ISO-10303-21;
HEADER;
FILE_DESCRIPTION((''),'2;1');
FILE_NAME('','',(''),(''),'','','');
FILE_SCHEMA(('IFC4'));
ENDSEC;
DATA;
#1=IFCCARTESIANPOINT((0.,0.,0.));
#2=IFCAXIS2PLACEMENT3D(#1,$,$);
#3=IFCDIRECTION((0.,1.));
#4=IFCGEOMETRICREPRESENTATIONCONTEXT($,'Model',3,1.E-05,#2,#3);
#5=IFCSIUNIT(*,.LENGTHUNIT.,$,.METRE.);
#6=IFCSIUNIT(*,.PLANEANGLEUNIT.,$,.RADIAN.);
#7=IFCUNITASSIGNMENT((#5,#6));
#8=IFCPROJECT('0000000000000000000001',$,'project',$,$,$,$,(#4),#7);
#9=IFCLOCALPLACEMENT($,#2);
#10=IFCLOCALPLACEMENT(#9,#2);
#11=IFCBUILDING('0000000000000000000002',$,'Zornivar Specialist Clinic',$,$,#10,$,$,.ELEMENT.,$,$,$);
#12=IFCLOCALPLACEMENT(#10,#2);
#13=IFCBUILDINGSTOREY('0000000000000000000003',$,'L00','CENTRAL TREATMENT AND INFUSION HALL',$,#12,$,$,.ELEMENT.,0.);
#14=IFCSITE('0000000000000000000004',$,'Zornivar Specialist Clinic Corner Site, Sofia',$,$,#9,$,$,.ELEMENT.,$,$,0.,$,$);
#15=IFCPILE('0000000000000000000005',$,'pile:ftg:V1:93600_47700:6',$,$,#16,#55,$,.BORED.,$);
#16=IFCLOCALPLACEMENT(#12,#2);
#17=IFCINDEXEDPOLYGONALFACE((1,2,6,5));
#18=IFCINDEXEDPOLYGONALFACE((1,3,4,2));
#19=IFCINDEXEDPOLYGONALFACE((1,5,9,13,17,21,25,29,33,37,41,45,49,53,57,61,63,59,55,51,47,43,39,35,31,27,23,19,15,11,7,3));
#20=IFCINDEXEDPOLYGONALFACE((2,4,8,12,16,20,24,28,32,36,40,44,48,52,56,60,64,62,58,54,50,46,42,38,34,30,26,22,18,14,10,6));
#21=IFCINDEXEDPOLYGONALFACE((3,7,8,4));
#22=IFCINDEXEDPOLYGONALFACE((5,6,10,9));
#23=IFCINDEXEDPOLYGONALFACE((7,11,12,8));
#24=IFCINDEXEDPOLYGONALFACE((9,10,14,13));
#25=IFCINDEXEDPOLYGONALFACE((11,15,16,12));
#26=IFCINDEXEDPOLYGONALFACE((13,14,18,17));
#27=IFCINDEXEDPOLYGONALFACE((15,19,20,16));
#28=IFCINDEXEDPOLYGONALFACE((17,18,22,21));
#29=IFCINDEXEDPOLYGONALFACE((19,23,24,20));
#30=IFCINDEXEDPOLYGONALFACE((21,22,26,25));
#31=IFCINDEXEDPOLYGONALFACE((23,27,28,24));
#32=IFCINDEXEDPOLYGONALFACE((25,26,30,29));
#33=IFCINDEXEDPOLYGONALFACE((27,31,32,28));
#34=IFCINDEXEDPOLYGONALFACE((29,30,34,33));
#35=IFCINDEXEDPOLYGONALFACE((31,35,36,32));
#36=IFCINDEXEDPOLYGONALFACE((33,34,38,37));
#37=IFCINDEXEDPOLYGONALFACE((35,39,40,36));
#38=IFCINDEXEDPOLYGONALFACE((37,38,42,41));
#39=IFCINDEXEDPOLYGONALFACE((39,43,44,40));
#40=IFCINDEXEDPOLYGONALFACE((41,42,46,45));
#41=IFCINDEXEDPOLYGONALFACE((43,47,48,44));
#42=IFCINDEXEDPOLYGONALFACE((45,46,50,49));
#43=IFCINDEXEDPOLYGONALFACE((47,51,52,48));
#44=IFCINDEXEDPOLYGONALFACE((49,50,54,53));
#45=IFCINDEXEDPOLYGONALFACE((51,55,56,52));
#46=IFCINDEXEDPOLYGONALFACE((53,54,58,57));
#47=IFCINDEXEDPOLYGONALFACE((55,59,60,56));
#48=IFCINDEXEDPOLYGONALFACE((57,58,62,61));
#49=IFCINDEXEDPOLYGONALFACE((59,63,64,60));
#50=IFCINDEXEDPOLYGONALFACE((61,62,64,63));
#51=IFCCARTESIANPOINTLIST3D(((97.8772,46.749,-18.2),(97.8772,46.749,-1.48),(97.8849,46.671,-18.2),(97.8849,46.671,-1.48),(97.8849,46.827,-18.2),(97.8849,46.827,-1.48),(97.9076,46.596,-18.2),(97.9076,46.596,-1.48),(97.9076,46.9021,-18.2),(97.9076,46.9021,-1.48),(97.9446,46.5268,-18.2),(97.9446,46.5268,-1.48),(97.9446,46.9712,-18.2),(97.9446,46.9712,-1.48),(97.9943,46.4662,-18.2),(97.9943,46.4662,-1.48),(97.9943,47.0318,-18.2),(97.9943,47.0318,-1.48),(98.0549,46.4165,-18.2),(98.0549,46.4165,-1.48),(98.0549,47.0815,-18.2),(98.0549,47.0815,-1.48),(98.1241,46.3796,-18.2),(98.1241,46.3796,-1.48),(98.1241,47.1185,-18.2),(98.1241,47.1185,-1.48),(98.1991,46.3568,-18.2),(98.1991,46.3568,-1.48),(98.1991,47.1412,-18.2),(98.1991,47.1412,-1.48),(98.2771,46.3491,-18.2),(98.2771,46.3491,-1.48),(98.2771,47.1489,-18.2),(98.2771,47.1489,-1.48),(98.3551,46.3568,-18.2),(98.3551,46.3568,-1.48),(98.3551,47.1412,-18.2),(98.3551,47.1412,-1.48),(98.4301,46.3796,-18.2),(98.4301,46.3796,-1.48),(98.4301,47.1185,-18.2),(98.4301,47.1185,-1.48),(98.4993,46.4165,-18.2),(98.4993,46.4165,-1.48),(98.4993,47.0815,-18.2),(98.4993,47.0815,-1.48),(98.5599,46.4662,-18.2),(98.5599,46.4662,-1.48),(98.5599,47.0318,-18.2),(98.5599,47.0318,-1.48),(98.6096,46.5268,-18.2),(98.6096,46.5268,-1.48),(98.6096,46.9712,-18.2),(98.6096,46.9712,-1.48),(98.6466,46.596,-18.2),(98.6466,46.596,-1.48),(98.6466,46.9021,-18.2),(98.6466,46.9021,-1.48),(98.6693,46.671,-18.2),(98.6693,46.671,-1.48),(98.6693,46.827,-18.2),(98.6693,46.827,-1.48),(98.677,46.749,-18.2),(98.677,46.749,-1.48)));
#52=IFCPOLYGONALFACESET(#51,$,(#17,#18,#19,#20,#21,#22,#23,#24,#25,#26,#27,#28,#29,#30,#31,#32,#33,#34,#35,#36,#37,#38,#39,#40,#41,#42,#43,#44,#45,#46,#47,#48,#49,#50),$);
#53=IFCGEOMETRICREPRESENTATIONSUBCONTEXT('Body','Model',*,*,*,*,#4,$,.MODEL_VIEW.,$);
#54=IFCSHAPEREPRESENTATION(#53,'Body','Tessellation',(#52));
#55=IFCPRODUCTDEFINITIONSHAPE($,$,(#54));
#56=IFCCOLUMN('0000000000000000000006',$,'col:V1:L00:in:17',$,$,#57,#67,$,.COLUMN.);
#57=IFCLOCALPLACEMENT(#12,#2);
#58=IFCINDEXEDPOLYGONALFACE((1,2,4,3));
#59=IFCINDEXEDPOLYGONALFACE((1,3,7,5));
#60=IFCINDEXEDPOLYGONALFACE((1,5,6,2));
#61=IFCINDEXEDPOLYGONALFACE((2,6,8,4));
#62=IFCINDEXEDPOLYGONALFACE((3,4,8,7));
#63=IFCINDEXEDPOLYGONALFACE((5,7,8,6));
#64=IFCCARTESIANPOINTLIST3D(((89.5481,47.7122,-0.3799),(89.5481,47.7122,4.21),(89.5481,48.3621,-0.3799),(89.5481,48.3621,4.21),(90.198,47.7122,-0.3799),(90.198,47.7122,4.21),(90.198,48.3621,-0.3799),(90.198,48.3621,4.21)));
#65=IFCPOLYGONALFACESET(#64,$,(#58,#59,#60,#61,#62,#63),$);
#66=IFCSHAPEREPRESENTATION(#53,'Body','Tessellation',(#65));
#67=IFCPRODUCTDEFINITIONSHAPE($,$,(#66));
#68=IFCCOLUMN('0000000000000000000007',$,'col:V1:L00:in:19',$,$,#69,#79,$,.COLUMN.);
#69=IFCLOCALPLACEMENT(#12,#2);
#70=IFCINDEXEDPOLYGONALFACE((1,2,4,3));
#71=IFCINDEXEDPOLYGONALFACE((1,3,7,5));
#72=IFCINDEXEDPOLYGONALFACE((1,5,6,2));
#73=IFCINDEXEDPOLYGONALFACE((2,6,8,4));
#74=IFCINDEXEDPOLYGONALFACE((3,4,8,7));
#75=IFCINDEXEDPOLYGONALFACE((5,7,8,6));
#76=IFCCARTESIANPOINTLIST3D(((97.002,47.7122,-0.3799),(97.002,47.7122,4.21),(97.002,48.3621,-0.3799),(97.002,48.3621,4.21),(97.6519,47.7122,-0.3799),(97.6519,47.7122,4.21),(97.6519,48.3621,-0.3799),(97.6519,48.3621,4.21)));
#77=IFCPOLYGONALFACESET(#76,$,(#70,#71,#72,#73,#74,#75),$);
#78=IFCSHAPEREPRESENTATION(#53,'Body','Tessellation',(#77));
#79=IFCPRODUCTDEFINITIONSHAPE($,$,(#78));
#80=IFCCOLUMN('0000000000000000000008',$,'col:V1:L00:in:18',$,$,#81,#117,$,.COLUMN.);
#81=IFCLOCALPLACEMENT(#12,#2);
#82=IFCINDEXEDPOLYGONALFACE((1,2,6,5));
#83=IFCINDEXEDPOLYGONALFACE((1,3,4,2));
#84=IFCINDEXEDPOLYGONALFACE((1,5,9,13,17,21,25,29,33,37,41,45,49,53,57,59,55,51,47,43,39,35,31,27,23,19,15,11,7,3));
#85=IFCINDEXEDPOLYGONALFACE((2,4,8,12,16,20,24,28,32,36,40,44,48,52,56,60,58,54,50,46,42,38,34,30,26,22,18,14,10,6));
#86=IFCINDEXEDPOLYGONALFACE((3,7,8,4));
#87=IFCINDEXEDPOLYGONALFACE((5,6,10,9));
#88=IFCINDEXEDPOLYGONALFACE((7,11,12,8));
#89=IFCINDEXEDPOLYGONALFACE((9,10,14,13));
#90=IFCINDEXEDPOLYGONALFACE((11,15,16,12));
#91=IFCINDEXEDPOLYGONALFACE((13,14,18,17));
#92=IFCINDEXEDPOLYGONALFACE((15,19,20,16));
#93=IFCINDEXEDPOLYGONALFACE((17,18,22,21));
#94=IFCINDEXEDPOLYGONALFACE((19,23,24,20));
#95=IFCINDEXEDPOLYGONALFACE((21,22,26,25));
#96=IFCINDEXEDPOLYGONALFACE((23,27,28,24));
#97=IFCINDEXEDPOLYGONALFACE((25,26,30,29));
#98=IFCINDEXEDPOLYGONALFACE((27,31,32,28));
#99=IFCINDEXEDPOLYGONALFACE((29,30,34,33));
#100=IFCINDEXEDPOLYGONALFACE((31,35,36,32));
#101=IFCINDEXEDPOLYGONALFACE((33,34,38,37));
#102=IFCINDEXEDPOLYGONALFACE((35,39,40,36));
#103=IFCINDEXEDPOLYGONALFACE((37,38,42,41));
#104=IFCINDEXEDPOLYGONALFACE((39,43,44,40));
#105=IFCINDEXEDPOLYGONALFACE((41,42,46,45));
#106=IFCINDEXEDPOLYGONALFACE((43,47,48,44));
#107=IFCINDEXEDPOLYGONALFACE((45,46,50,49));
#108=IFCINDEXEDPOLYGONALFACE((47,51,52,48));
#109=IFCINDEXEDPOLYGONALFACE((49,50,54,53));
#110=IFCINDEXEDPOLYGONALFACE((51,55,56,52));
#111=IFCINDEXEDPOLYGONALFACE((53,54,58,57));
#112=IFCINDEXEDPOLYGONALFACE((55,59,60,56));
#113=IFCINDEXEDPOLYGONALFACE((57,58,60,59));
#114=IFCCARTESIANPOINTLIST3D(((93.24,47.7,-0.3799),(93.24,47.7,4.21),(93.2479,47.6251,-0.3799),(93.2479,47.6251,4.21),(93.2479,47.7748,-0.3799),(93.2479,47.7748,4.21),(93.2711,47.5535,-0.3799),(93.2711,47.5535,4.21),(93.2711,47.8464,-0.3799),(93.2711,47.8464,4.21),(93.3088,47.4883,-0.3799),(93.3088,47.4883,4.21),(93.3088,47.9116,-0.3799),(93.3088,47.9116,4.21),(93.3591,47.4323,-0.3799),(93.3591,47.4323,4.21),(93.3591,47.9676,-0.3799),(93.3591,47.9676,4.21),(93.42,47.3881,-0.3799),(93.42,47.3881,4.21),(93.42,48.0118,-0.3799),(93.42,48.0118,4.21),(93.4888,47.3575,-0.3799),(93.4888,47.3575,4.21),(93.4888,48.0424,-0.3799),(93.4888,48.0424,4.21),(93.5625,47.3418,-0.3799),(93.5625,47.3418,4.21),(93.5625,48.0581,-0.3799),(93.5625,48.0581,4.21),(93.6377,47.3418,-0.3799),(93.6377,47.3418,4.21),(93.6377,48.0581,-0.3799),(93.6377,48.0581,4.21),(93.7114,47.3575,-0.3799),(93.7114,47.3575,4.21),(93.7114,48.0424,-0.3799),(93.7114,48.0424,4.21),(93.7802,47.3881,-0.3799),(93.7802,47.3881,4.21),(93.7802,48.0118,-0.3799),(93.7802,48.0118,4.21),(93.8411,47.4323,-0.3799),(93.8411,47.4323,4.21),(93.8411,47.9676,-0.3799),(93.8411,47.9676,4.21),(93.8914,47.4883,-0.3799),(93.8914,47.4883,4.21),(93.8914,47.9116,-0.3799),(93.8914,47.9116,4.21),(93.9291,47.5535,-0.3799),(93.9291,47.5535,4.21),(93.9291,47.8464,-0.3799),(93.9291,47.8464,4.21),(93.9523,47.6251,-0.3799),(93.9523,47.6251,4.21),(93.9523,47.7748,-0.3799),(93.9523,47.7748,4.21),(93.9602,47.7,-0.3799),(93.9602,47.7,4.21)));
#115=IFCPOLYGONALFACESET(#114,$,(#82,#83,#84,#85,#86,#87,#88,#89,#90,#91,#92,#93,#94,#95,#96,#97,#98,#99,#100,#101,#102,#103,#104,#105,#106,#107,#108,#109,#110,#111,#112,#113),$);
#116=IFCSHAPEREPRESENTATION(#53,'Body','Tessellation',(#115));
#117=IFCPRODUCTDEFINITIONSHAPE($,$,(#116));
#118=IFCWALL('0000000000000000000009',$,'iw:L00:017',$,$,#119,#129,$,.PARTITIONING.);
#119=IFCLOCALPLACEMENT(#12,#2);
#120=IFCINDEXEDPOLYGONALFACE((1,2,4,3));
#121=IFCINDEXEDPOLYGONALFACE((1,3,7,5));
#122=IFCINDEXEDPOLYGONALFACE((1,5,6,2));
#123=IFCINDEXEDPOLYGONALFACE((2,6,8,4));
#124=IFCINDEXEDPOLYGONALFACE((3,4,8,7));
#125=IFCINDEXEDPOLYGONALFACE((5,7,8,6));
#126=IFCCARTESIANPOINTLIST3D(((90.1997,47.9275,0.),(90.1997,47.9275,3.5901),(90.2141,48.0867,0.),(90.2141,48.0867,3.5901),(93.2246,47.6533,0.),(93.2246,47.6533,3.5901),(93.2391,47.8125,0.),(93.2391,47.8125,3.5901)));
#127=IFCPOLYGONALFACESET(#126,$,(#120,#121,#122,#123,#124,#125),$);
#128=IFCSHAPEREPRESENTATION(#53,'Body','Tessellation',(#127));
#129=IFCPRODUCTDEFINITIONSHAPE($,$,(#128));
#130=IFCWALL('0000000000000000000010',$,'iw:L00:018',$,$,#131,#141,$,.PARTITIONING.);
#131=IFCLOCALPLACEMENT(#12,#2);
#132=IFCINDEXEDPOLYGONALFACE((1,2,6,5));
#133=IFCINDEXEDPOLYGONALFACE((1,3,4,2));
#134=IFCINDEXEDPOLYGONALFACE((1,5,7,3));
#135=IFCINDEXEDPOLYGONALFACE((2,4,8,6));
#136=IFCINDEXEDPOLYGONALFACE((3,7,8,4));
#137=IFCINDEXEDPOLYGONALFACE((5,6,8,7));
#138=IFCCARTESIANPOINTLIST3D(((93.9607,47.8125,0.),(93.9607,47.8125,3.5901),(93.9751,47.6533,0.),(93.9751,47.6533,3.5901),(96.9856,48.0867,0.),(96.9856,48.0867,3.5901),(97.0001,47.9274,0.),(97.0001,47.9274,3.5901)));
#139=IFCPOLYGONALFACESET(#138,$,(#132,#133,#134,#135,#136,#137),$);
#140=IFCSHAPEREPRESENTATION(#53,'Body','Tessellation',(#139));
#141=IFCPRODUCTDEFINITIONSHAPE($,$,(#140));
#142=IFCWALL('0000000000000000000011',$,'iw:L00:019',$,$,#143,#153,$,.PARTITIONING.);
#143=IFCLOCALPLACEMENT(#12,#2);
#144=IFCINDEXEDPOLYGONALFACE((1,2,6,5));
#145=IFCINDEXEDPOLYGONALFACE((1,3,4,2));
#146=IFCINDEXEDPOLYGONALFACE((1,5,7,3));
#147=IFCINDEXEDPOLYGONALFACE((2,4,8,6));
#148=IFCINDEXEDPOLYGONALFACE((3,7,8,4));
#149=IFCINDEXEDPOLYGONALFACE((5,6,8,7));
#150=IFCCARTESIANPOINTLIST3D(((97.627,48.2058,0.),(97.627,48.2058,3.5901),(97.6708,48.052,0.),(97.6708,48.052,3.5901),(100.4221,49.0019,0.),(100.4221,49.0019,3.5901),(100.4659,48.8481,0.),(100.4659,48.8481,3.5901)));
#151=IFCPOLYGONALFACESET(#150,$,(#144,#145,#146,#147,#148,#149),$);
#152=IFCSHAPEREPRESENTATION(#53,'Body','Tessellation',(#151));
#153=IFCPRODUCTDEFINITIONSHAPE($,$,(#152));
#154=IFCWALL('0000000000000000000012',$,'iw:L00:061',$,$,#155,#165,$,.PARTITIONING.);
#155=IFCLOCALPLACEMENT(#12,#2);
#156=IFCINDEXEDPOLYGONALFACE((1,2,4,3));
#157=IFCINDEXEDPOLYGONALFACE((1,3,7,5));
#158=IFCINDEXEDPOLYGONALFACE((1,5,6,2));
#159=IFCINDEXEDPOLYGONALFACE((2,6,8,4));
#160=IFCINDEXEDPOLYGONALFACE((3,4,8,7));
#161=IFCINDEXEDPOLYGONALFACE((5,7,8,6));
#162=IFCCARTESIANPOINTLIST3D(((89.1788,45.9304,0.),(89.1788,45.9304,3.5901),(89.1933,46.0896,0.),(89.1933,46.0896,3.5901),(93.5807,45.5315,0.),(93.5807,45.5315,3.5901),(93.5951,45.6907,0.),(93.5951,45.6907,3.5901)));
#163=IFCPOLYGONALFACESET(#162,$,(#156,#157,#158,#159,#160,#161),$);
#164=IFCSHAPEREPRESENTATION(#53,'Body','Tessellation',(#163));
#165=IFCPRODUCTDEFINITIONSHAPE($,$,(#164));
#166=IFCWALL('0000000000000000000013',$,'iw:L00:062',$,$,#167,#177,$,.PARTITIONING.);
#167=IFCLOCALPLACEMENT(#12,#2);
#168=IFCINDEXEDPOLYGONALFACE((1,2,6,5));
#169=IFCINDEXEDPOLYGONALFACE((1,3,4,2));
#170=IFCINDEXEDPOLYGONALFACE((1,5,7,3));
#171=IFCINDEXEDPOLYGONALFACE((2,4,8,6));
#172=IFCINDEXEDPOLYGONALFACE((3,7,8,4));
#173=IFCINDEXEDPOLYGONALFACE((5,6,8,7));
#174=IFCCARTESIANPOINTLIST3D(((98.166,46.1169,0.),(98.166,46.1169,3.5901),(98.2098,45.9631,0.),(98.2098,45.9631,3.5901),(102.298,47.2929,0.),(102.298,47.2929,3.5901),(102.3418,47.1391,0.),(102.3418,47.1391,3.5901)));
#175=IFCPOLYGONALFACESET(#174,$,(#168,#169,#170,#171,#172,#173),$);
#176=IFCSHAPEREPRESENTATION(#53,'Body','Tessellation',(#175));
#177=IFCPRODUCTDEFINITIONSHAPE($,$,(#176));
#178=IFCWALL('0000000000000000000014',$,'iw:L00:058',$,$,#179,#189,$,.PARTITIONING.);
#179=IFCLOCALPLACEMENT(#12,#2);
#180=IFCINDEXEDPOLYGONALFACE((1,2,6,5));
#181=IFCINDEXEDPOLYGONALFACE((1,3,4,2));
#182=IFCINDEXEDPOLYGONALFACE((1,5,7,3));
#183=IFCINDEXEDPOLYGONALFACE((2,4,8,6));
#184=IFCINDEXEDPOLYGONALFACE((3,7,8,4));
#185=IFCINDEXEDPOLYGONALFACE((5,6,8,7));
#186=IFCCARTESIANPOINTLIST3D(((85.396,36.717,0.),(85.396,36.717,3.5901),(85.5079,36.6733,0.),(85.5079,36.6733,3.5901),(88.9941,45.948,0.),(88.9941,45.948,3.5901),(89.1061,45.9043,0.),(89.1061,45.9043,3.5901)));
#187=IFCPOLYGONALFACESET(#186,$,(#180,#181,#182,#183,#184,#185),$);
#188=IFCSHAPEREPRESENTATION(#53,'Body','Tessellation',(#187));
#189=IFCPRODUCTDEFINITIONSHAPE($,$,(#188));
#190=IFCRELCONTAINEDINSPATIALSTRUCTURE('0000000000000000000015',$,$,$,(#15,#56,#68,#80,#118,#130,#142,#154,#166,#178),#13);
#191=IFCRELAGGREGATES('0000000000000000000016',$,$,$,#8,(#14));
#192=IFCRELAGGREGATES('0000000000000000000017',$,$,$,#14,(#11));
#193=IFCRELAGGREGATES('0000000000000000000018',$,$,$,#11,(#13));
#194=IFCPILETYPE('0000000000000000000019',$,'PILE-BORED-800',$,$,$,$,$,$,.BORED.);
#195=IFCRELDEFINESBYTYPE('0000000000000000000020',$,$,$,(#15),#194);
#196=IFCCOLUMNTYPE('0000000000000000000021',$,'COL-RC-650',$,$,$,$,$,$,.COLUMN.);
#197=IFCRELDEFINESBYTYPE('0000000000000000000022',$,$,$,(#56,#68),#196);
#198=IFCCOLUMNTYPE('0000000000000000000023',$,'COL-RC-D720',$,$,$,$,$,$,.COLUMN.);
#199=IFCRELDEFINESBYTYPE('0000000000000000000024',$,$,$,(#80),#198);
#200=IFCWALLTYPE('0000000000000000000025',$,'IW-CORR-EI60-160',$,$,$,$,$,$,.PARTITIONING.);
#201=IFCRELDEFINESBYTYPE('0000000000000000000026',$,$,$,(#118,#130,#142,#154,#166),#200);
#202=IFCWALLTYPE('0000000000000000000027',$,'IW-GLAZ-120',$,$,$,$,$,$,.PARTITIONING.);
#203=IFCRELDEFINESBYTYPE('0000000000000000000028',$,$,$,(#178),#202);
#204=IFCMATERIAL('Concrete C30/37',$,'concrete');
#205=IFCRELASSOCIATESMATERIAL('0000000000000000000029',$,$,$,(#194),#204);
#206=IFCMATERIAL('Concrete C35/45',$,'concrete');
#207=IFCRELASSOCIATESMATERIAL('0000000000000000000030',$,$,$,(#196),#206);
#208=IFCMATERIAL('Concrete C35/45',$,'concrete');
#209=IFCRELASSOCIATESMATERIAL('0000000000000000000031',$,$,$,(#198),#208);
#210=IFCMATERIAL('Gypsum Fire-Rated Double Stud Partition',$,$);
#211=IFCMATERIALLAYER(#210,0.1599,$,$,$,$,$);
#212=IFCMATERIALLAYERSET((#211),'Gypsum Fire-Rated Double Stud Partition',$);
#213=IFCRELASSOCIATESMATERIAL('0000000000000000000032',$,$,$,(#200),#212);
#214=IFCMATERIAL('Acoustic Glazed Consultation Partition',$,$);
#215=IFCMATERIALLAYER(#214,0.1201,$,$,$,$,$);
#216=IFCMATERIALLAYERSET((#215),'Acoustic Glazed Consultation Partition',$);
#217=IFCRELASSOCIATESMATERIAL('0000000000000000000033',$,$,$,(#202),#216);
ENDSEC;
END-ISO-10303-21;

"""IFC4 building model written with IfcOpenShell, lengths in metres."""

from ifc_helpers import new_model, si_unit, direction, frame, frame_2d, origin, origin_2d, place, context, subcontext, project, spatial, rectangle, circle, extrude, material, layer, layer_set, material_profile, profile_set, type_object, element, save


model = new_model("IFC4")

# Units and contexts
model_context = context("Model", 3, precision=1e-05, world=origin(), true_north=direction((0.0, 1.0)))
body_context = subcontext(model_context, "Body", "Model", "MODEL_VIEW")
ifc_project = project(units=[si_unit("LENGTHUNIT", "METRE"), si_unit("PLANEANGLEUNIT", "RADIAN")], contexts=[model_context])

# Site, building, storey
site_placement = place(None, origin())
site = spatial("IfcSite", under=ifc_project, at=site_placement, Name="Zornivar Specialist Clinic Corner Site, Sofia", CompositionType="ELEMENT", RefElevation=0.0)
building_placement = place(site_placement, origin())
building = spatial("IfcBuilding", under=site, at=building_placement, Name="Zornivar Specialist Clinic", CompositionType="ELEMENT")
storey_placement = place(building_placement, origin())
storey = spatial("IfcBuildingStorey", under=building, at=storey_placement, Name="L00", Description="CENTRAL TREATMENT AND INFUSION HALL", CompositionType="ELEMENT", Elevation=0.0)

# Pile
ifc_material_1 = material(Name="Concrete C30/37", Category="concrete")
ifc_material_profile_1 = material_profile(ifc_material_1, circle(Radius=0.3999, at=origin_2d()), Name="PILE D800")
ifc_profile_set_1 = profile_set([ifc_material_profile_1], Name="Concrete C30/37")
pile_type = type_object("IfcPileType", Name="PILE-BORED-800", PredefinedType="BORED", material=ifc_profile_set_1)
for number, where, z_axis, x_axis, name in (
    (1, (98.2771, 46.749, -1.48), (0.0, 0.0, -1.0), (1.0, 0.0, 0.0), "pile:ftg:V1:93600_47700:6"),
):
    element("IfcPile", number, at=place(storey_placement, frame(where, z_axis=z_axis, x_axis=x_axis)), inside=storey, type_object=pile_type, Name=name, PredefinedType="BORED", context=body_context, shape_type="SweptSolid", body=[
        extrude(circle(Radius=0.3999, at=origin_2d()), origin(), (0.0, 0.0, 1.0), 16.72),
    ])

# Columns
ifc_material_2 = material(Name="Concrete C35/45", Category="concrete")
ifc_material_profile_2 = material_profile(ifc_material_2, rectangle(XDim=0.6499, YDim=0.6499, at=origin_2d()), Name="RC 650x650")
ifc_profile_set_2 = profile_set([ifc_material_profile_2], Name="Concrete C35/45")
column_type_1 = type_object("IfcColumnType", Name="COL-RC-650", PredefinedType="COLUMN", material=ifc_profile_set_2)
for number, where, z_axis, x_axis, name in (
    (2, (89.873, 48.0371, -0.3799), (0.0, 0.0, 1.0), (1.0, 0.0, 0.0), "col:V1:L00:in:17"),
    (3, (97.3269, 48.0371, -0.3799), (0.0, 0.0, 1.0), (1.0, 0.0, 0.0), "col:V1:L00:in:19"),
):
    element("IfcColumn", number, at=place(storey_placement, frame(where, z_axis=z_axis, x_axis=x_axis)), inside=storey, type_object=column_type_1, Name=name, PredefinedType="COLUMN", context=body_context, shape_type="SweptSolid", body=[
        extrude(rectangle(XDim=0.6499, YDim=0.6499, at=origin_2d()), origin(), (0.0, 0.0, 1.0), 4.5898),
    ])
ifc_material_3 = material(Name="Concrete C35/45", Category="concrete")
ifc_material_profile_3 = material_profile(ifc_material_3, circle(Radius=0.3601, at=origin_2d()), Name="RC D720")
ifc_profile_set_3 = profile_set([ifc_material_profile_3], Name="Concrete C35/45")
column_type_2 = type_object("IfcColumnType", Name="COL-RC-D720", PredefinedType="COLUMN", material=ifc_profile_set_3)
column_placement = place(storey_placement, frame((93.6001, 47.7, -0.3799), z_axis=(0.0, 0.0, 1.0), x_axis=(1.0, 0.0, 0.0)))
element("IfcColumn", 4, at=column_placement, inside=storey, type_object=column_type_2, Name="col:V1:L00:in:18", PredefinedType="COLUMN", context=body_context, shape_type="SweptSolid", body=[
    extrude(circle(Radius=0.3601, at=origin_2d()), origin(), (0.0, 0.0, 1.0), 4.5898),
])

# Walls
ifc_material_4 = material(Name="Gypsum Fire-Rated Double Stud Partition")
ifc_layer_1 = layer(ifc_material_4, 0.1599)
ifc_layer_set_1 = layer_set([ifc_layer_1], Name="Gypsum Fire-Rated Double Stud Partition")
wall_type_1 = type_object("IfcWallType", Name="IW-CORR-EI60-160", PredefinedType="PARTITIONING", material=ifc_layer_set_1)
for number, where, z_axis, x_axis, name in (
    (5, (90.207, 48.0071, 0.0), (0.0, 0.0, 1.0), (0.995918, -0.090268, 0.0), "iw:L00:017"),
    (6, (93.968, 47.7329, 0.0), (0.0, 0.0, 1.0), (0.995918, 0.090268, 0.0), "iw:L00:018"),
):
    element("IfcWall", number, at=place(storey_placement, frame(where, z_axis=z_axis, x_axis=x_axis)), inside=storey, type_object=wall_type_1, Name=name, PredefinedType="PARTITIONING", context=body_context, shape_type="SweptSolid", body=[
        extrude(rectangle(XDim=3.0374, YDim=0.1599, at=frame_2d((1.5186, 0.0))), origin(), (0.0, 0.0, 1.0), 3.5901),
    ])
wall_1_placement = place(storey_placement, frame((97.6489, 48.1289, 0.0), z_axis=(0.0, 0.0, 1.0), x_axis=(0.961749, 0.273933, 0.0)))
element("IfcWall", 7, at=wall_1_placement, inside=storey, type_object=wall_type_1, Name="iw:L00:019", PredefinedType="PARTITIONING", context=body_context, shape_type="SweptSolid", body=[
    extrude(rectangle(XDim=2.9062, YDim=0.1599, at=frame_2d((1.4531, 0.0))), origin(), (0.0, 0.0, 1.0), 3.5901),
])

# Walls
wall_2_placement = place(storey_placement, frame((89.186, 46.01, 0.0), z_axis=(0.0, 0.0, 1.0), x_axis=(0.995919, -0.090257, 0.0)))
element("IfcWall", 8, at=wall_2_placement, inside=storey, type_object=wall_type_1, Name="iw:L00:061", PredefinedType="PARTITIONING", context=body_context, shape_type="SweptSolid", body=[
    extrude(rectangle(XDim=4.4199, YDim=0.1599, at=frame_2d((2.21, 0.0))), origin(), (0.0, 0.0, 1.0), 3.5901),
])
wall_3_placement = place(storey_placement, frame((98.188, 46.04, 0.0), z_axis=(0.0, 0.0, 1.0), x_axis=(0.961804, 0.273738, 0.0)))
element("IfcWall", 9, at=wall_3_placement, inside=storey, type_object=wall_type_1, Name="iw:L00:062", PredefinedType="PARTITIONING", context=body_context, shape_type="SweptSolid", body=[
    extrude(rectangle(XDim=4.2961, YDim=0.1599, at=frame_2d((2.1479, 0.0))), origin(), (0.0, 0.0, 1.0), 3.5901),
])
ifc_material_5 = material(Name="Acoustic Glazed Consultation Partition")
ifc_layer_2 = layer(ifc_material_5, 0.1201)
ifc_layer_set_2 = layer_set([ifc_layer_2], Name="Acoustic Glazed Consultation Partition")
wall_type_2 = type_object("IfcWallType", Name="IW-GLAZ-120", PredefinedType="PARTITIONING", material=ifc_layer_set_2)
wall_4_placement = place(storey_placement, frame((89.05, 45.926, 0.0), z_axis=(0.0, 0.0, 1.0), x_axis=(-0.363176, -0.93172, 0.0)))
element("IfcWall", 10, at=wall_4_placement, inside=storey, type_object=wall_type_2, Name="iw:L00:058", PredefinedType="PARTITIONING", context=body_context, shape_type="SweptSolid", body=[
    extrude(rectangle(XDim=9.9075, YDim=0.1201, at=frame_2d((4.9536, 0.0))), origin(), (0.0, 0.0, 1.0), 3.5901),
])

save(model, "model.ifc")
